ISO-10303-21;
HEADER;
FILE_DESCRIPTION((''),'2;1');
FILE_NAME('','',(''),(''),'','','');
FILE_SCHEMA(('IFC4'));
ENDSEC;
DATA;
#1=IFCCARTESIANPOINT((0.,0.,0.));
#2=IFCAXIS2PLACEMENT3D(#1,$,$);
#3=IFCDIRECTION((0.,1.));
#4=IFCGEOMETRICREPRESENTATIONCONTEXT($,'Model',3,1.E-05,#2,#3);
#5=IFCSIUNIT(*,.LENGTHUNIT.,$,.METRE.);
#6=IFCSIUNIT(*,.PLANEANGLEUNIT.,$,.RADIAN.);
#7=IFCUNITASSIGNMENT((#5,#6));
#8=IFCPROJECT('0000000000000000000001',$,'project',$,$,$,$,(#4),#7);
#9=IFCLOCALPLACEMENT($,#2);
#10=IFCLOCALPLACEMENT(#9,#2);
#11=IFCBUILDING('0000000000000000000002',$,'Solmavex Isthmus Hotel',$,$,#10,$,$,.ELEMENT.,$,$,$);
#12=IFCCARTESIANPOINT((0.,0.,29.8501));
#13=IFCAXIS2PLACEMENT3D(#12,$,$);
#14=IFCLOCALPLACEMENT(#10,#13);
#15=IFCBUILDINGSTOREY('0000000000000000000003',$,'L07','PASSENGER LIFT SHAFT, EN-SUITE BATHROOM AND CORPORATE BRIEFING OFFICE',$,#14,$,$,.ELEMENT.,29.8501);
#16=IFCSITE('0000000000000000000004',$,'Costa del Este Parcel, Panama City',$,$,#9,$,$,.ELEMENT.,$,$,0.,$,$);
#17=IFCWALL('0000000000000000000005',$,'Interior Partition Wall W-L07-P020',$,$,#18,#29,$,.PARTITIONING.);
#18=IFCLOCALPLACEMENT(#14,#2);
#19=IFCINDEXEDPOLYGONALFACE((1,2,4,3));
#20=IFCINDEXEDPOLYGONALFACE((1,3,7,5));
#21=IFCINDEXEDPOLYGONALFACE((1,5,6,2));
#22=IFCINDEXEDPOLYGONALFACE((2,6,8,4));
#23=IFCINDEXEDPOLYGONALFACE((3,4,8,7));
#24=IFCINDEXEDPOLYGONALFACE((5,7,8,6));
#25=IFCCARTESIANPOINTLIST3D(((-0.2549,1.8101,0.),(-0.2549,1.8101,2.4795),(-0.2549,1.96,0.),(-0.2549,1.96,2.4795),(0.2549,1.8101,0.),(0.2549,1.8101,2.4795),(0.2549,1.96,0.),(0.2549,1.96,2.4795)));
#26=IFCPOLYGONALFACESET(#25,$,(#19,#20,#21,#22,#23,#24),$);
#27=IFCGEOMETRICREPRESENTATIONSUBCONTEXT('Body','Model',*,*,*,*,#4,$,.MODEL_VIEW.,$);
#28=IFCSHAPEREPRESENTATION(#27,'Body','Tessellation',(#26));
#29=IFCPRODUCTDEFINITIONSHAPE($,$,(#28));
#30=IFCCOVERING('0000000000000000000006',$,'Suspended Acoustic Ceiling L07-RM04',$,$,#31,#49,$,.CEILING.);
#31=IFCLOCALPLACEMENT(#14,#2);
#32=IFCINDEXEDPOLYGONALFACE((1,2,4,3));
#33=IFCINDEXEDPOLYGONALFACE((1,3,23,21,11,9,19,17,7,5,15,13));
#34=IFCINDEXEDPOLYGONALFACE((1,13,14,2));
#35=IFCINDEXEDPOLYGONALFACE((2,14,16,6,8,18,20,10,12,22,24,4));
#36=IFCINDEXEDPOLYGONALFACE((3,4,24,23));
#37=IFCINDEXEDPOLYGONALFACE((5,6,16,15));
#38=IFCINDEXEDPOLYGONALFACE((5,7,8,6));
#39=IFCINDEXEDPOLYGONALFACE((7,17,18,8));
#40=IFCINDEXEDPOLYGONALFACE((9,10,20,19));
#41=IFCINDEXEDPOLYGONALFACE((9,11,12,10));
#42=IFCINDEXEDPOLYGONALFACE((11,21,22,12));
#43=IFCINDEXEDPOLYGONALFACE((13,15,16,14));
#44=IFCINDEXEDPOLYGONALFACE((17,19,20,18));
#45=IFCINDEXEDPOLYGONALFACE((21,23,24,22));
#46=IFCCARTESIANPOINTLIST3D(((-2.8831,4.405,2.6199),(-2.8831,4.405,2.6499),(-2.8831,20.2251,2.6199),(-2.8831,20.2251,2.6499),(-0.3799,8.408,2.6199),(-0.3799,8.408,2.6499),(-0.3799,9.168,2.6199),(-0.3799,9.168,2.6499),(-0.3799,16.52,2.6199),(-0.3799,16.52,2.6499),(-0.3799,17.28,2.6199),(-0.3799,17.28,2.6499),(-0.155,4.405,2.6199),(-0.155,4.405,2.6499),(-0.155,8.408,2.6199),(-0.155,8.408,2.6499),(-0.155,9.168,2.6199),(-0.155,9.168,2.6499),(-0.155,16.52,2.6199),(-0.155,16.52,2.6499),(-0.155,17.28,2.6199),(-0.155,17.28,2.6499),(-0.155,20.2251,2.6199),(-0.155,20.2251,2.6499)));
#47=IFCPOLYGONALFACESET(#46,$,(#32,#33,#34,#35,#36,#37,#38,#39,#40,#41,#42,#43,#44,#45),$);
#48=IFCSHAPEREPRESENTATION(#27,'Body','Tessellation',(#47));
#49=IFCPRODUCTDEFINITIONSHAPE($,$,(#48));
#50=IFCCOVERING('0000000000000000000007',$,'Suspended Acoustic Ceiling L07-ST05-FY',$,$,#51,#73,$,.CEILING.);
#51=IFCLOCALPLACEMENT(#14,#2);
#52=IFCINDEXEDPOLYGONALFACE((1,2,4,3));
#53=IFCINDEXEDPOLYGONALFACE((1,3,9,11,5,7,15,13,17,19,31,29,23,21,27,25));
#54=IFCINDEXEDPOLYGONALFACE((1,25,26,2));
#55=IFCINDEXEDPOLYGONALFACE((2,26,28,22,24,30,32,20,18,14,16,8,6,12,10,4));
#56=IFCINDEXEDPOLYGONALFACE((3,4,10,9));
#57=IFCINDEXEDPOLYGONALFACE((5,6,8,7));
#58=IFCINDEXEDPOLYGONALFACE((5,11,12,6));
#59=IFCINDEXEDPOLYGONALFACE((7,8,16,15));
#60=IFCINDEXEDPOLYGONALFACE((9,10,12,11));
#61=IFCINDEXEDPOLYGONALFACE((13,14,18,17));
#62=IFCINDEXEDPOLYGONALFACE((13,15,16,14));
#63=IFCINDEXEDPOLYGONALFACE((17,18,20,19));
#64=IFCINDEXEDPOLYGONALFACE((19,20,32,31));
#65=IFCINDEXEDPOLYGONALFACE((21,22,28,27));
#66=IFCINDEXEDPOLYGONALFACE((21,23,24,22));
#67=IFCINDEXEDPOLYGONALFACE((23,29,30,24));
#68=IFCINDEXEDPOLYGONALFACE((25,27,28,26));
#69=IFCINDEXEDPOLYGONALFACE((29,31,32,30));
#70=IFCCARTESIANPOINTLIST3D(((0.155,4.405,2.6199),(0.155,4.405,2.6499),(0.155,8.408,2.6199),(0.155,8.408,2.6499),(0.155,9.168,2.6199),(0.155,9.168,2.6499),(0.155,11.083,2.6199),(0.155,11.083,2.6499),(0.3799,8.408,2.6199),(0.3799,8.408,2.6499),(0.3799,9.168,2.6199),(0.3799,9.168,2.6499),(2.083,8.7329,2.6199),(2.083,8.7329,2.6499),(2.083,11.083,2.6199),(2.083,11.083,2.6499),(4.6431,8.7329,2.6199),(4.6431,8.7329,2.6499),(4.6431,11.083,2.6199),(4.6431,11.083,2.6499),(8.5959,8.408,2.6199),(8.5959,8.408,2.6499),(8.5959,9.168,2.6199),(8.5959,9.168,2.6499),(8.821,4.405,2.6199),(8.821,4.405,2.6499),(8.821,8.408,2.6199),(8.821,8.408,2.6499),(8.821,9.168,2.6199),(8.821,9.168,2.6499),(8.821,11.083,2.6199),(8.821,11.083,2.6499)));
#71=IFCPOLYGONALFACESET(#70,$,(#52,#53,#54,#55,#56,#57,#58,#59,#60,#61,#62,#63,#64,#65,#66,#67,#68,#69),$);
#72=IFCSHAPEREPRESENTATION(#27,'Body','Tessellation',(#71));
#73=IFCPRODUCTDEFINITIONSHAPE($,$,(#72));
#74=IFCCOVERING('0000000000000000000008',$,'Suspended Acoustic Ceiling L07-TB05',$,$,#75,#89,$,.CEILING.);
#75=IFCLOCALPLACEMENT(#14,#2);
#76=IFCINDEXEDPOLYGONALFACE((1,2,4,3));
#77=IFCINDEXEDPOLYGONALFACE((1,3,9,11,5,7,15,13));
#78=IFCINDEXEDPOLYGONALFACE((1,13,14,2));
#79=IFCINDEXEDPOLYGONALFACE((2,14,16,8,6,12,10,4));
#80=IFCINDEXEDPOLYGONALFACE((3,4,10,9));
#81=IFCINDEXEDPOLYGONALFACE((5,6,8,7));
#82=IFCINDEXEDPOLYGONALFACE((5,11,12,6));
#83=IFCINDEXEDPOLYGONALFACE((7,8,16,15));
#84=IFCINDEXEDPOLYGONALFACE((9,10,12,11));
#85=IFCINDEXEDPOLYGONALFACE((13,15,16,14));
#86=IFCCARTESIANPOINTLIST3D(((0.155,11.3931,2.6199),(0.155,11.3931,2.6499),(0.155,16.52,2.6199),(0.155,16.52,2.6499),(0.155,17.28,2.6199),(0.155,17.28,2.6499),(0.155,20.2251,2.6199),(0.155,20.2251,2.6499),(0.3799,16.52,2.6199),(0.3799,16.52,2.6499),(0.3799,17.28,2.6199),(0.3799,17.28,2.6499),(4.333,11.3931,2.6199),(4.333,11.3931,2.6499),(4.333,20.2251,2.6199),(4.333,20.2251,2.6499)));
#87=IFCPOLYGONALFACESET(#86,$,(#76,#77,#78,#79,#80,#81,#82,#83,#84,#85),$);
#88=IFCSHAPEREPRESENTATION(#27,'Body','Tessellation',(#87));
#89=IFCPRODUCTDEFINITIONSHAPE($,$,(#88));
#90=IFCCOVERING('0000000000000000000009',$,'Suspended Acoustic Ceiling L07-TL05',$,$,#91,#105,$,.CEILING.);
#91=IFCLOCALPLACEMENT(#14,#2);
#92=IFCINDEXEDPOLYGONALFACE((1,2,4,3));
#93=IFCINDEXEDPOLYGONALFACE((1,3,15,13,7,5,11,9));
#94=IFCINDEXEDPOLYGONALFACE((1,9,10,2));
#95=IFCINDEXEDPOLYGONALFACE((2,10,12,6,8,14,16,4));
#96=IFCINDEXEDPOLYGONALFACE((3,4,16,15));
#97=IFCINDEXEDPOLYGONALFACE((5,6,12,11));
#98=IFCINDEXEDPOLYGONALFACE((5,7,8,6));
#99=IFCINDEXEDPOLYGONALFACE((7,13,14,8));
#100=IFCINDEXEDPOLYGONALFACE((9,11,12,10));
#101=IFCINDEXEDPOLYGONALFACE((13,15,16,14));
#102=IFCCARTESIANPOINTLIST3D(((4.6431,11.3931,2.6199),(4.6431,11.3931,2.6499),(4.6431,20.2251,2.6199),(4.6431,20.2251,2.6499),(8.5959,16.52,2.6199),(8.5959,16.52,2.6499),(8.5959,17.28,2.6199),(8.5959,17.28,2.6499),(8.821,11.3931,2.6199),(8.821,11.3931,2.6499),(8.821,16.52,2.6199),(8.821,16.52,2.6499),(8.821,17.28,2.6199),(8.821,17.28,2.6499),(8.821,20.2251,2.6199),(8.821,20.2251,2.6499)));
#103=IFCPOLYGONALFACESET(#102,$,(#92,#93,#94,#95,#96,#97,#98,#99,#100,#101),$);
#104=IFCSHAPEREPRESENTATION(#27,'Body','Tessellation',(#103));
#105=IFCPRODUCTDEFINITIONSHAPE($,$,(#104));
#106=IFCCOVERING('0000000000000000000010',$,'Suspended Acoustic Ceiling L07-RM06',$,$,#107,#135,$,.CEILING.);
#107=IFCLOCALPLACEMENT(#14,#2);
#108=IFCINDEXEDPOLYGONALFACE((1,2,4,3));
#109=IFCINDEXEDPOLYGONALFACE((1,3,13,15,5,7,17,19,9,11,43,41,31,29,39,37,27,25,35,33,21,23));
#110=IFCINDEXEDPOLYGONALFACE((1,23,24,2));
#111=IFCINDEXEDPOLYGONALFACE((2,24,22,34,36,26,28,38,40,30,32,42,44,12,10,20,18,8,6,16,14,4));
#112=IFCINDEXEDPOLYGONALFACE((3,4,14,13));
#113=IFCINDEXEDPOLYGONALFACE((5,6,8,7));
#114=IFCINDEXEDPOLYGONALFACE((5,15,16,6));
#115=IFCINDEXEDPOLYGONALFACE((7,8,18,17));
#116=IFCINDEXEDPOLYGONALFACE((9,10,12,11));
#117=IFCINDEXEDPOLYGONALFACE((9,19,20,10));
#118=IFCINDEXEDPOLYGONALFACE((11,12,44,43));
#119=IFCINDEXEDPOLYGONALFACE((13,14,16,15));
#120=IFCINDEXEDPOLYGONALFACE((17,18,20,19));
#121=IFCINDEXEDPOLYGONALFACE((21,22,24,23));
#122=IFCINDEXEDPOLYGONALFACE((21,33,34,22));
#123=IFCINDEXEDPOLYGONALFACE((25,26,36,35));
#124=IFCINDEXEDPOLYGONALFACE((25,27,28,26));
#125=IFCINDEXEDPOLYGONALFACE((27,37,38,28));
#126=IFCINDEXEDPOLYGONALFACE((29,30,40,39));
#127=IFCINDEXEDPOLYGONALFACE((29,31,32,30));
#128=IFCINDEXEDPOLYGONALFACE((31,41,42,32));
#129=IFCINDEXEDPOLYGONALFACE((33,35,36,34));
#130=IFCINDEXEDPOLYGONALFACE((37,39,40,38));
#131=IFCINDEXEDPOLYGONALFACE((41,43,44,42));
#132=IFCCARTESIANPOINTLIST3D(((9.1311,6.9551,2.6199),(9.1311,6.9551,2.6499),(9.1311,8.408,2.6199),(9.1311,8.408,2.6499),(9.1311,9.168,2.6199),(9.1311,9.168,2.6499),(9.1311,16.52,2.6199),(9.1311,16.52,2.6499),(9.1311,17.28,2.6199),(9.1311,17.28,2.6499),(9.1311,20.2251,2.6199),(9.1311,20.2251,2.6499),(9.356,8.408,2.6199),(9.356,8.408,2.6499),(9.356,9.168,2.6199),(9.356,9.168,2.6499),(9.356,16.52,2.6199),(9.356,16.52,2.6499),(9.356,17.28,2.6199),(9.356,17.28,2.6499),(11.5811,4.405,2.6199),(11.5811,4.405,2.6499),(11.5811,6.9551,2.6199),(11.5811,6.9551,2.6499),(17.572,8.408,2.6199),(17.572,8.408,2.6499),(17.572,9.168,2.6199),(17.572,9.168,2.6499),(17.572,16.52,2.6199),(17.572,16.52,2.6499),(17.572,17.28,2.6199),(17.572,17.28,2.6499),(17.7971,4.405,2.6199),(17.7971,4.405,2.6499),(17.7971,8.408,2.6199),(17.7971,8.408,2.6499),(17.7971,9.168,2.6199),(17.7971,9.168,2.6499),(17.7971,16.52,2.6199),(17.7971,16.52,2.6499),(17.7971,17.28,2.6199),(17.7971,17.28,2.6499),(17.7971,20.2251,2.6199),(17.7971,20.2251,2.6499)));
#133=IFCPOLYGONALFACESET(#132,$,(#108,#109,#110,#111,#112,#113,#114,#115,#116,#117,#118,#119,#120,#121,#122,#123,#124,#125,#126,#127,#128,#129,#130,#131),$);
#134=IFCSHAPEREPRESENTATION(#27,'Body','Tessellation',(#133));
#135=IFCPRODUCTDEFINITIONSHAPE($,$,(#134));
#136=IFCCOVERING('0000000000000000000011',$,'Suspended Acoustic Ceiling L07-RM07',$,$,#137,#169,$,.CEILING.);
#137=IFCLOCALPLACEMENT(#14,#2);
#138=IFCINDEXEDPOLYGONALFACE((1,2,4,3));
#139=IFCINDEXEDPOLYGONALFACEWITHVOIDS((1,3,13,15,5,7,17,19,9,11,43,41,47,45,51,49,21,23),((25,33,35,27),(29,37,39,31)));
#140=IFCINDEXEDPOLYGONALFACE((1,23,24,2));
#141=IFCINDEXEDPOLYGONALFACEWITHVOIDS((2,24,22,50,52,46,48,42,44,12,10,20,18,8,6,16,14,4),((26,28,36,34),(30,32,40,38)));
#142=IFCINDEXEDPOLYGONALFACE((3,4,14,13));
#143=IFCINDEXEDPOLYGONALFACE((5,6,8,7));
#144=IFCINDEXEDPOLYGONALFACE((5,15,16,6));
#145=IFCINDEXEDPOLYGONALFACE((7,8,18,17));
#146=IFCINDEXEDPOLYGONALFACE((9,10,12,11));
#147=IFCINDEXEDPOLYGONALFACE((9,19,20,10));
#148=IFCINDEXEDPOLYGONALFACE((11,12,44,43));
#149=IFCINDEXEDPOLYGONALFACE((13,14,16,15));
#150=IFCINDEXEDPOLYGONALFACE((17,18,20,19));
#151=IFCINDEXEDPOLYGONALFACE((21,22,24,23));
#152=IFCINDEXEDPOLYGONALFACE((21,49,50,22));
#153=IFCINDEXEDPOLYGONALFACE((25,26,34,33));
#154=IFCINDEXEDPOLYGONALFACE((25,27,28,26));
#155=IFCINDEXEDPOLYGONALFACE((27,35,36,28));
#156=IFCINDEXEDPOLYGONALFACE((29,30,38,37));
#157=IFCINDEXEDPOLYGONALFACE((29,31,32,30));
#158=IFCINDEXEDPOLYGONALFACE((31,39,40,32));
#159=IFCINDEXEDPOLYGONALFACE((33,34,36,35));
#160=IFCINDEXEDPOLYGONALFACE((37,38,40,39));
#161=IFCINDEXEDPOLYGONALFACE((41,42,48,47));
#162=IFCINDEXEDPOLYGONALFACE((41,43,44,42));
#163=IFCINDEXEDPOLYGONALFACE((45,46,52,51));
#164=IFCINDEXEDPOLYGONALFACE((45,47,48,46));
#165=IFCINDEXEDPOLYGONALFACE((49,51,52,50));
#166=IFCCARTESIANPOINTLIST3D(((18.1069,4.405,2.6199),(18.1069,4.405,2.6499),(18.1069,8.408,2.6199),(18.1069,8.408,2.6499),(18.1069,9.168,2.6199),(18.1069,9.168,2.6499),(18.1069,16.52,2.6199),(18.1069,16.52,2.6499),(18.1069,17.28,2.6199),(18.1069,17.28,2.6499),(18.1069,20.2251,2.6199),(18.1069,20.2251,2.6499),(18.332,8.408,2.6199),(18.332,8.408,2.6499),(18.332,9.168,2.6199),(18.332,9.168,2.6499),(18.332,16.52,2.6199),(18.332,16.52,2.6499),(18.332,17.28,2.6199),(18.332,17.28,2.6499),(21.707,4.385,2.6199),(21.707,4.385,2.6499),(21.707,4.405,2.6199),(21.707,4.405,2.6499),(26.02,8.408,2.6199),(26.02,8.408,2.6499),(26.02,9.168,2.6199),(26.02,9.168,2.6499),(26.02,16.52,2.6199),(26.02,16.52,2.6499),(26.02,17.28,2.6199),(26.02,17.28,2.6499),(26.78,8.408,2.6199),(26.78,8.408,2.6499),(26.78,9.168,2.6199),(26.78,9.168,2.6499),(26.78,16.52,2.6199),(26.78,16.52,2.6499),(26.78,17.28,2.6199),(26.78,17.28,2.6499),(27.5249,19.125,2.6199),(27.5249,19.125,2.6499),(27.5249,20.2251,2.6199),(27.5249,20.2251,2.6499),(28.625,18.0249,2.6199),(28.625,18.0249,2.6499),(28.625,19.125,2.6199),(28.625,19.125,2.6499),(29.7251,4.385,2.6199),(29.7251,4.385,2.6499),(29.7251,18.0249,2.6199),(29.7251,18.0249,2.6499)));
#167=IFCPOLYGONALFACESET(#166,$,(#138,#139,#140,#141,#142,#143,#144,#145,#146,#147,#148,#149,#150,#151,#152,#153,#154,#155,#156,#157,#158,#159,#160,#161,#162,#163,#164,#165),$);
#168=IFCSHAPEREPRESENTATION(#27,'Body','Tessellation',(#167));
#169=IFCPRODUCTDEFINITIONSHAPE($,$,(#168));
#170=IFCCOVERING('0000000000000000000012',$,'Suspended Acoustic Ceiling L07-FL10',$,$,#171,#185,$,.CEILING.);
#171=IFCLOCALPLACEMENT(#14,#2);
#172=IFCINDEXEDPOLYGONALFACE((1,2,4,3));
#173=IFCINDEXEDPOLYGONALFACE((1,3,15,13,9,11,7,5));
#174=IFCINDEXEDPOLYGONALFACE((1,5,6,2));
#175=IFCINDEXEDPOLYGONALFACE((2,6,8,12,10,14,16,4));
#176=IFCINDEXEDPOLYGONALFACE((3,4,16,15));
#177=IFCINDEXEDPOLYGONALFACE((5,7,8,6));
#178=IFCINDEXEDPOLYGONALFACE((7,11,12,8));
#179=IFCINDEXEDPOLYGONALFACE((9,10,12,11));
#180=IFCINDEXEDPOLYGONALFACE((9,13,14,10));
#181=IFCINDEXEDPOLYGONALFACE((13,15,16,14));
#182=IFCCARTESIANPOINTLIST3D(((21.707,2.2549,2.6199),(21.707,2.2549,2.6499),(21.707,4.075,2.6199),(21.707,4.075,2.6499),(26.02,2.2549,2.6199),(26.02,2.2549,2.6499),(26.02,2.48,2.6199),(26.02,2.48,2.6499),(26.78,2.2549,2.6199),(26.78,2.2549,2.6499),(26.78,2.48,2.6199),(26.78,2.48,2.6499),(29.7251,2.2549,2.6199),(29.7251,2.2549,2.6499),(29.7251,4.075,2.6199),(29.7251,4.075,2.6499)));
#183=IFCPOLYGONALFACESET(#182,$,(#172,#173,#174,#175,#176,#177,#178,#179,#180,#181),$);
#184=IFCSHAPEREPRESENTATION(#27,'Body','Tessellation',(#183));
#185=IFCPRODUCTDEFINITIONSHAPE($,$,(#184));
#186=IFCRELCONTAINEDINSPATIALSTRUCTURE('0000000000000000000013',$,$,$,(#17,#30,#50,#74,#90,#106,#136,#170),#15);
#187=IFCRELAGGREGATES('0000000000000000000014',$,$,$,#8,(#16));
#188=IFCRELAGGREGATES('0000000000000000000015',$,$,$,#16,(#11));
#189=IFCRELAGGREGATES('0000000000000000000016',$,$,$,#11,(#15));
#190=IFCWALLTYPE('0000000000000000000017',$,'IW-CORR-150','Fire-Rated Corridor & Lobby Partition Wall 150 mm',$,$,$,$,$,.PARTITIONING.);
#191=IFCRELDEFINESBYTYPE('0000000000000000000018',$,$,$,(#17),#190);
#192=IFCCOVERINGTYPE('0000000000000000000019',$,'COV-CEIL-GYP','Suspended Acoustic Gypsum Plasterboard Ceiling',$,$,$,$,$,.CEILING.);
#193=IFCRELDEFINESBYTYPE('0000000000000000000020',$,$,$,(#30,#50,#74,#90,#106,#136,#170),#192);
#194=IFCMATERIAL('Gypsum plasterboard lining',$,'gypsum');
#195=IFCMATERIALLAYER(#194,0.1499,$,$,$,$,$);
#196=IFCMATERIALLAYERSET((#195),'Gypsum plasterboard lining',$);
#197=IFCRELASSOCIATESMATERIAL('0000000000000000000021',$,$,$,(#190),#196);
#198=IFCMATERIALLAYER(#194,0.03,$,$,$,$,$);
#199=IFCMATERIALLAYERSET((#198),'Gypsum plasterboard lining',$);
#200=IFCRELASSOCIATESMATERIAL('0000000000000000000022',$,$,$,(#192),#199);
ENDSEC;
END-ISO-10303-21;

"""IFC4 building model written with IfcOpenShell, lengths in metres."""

from ifc_helpers import new_model, si_unit, direction, frame, frame_2d, origin, place, context, subcontext, project, spatial, polyline, rectangle, outline, extrude, material, layer, layer_set, type_object, element, save


model = new_model("IFC4")

# Units and contexts
model_context = context("Model", 3, precision=1e-05, world=origin(), true_north=direction((0.0, 1.0)))
body_context = subcontext(model_context, "Body", "Model", "MODEL_VIEW")
ifc_project = project(units=[si_unit("LENGTHUNIT", "METRE"), si_unit("PLANEANGLEUNIT", "RADIAN")], contexts=[model_context])

# Site, building, storey
site_placement = place(None, origin())
site = spatial("IfcSite", under=ifc_project, at=site_placement, Name="Costa del Este Parcel, Panama City", CompositionType="ELEMENT", RefElevation=0.0)
building_placement = place(site_placement, origin())
building = spatial("IfcBuilding", under=site, at=building_placement, Name="Solmavex Isthmus Hotel", CompositionType="ELEMENT")
storey_placement = place(building_placement, frame((0.0, 0.0, 29.8501)))
storey = spatial("IfcBuildingStorey", under=building, at=storey_placement, Name="L07", Description="PASSENGER LIFT SHAFT, EN-SUITE BATHROOM AND CORPORATE BRIEFING OFFICE", CompositionType="ELEMENT", Elevation=29.8501)

# Wall
ifc_material_1 = material(Name="Gypsum plasterboard lining", Category="gypsum")
ifc_layer_1 = layer(ifc_material_1, 0.1499)
ifc_layer_set_1 = layer_set([ifc_layer_1], Name="Gypsum plasterboard lining")
wall_type = type_object("IfcWallType", Name="IW-CORR-150", Description="Fire-Rated Corridor & Lobby Partition Wall 150 mm", PredefinedType="PARTITIONING", material=ifc_layer_set_1)
wall_placement = place(storey_placement, frame((0.2549, 1.885, 0.0), z_axis=(0.0, 0.0, 1.0), x_axis=(-1.0, 0.0, 0.0)))
element("IfcWall", 1, at=wall_placement, inside=storey, type_object=wall_type, Name="Interior Partition Wall W-L07-P020", PredefinedType="PARTITIONING", context=body_context, shape_type="SweptSolid", body=[
    extrude(rectangle(XDim=0.5098, YDim=0.1499, at=frame_2d((0.2549, 0.0))), origin(), (0.0, 0.0, 1.0), 2.4795),
])

# Coverings
ifc_layer_2 = layer(ifc_material_1, 0.03)
ifc_layer_set_2 = layer_set([ifc_layer_2], Name="Gypsum plasterboard lining")
covering_type_1 = type_object("IfcCoveringType", Name="COV-CEIL-GYP", Description="Suspended Acoustic Gypsum Plasterboard Ceiling", PredefinedType="CEILING", material=ifc_layer_set_2)
covering_1_placement = place(storey_placement, frame((0.0, 0.0, 2.6199)))
element("IfcCovering", 2, at=covering_1_placement, inside=storey, type_object=covering_type_1, Name="Suspended Acoustic Ceiling L07-RM04", PredefinedType="CEILING", context=body_context, shape_type="SweptSolid", body=[
    extrude(outline(polyline([(-0.155, 16.52), (-0.3799, 16.52), (-0.3799, 17.28), (-0.155, 17.28), (-0.155, 20.2251), (-2.8831, 20.2251), (-2.8831, 4.405), (-0.155, 4.405), (-0.155, 8.408), (-0.3799, 8.408), (-0.3799, 9.168), (-0.155, 9.168), (-0.155, 16.52)])), origin(), (0.0, 0.0, 1.0), 0.03),
])
covering_2_placement = place(storey_placement, frame((0.0, 0.0, 2.6199)))
element("IfcCovering", 3, at=covering_2_placement, inside=storey, type_object=covering_type_1, Name="Suspended Acoustic Ceiling L07-ST05-FY", PredefinedType="CEILING", context=body_context, shape_type="SweptSolid", body=[
    extrude(outline(polyline([(8.821, 8.408), (8.5959, 8.408), (8.5959, 9.168), (8.821, 9.168), (8.821, 11.083), (4.6431, 11.083), (4.6431, 8.7329), (2.083, 8.7329), (2.083, 11.083), (0.155, 11.083), (0.155, 9.168), (0.3799, 9.168), (0.3799, 8.408), (0.155, 8.408), (0.155, 4.405), (8.821, 4.405), (8.821, 8.408)])), origin(), (0.0, 0.0, 1.0), 0.03),
])
covering_3_placement = place(storey_placement, frame((0.0, 0.0, 2.6199)))
element("IfcCovering", 4, at=covering_3_placement, inside=storey, type_object=covering_type_1, Name="Suspended Acoustic Ceiling L07-TB05", PredefinedType="CEILING", context=body_context, shape_type="SweptSolid", body=[
    extrude(outline(polyline([(0.155, 17.28), (0.3799, 17.28), (0.3799, 16.52), (0.155, 16.52), (0.155, 11.3931), (4.333, 11.3931), (4.333, 20.2251), (0.155, 20.2251), (0.155, 17.28)])), origin(), (0.0, 0.0, 1.0), 0.03),
])
covering_4_placement = place(storey_placement, frame((0.0, 0.0, 2.6199)))
element("IfcCovering", 5, at=covering_4_placement, inside=storey, type_object=covering_type_1, Name="Suspended Acoustic Ceiling L07-TL05", PredefinedType="CEILING", context=body_context, shape_type="SweptSolid", body=[
    extrude(outline(polyline([(8.821, 16.52), (8.5959, 16.52), (8.5959, 17.28), (8.821, 17.28), (8.821, 20.2251), (4.6431, 20.2251), (4.6431, 11.3931), (8.821, 11.3931), (8.821, 16.52)])), origin(), (0.0, 0.0, 1.0), 0.03),
])
covering_5_placement = place(storey_placement, frame((0.0, 0.0, 2.6199)))
element("IfcCovering", 6, at=covering_5_placement, inside=storey, type_object=covering_type_1, Name="Suspended Acoustic Ceiling L07-RM06", PredefinedType="CEILING", context=body_context, shape_type="SweptSolid", body=[
    extrude(outline(polyline([(9.1311, 9.168), (9.356, 9.168), (9.356, 8.408), (9.1311, 8.408), (9.1311, 6.9551), (11.5811, 6.9551), (11.5811, 4.405), (17.7971, 4.405), (17.7971, 8.408), (17.572, 8.408), (17.572, 9.168), (17.7971, 9.168), (17.7971, 16.52), (17.572, 16.52), (17.572, 17.28), (17.7971, 17.28), (17.7971, 20.2251), (9.1311, 20.2251), (9.1311, 17.28), (9.356, 17.28), (9.356, 16.52), (9.1311, 16.52), (9.1311, 9.168)])), origin(), (0.0, 0.0, 1.0), 0.03),
])
covering_6_placement = place(storey_placement, frame((0.0, 0.0, 2.6199)))
element("IfcCovering", 7, at=covering_6_placement, inside=storey, type_object=covering_type_1, Name="Suspended Acoustic Ceiling L07-RM07", PredefinedType="CEILING", context=body_context, shape_type="SweptSolid", body=[
    extrude(outline(polyline([(18.1069, 9.168), (18.332, 9.168), (18.332, 8.408), (18.1069, 8.408), (18.1069, 4.405), (21.707, 4.405), (21.707, 4.385), (29.7251, 4.385), (29.7251, 18.0249), (28.625, 18.0249), (28.625, 19.125), (27.5249, 19.125), (27.5249, 20.2251), (18.1069, 20.2251), (18.1069, 17.28), (18.332, 17.28), (18.332, 16.52), (18.1069, 16.52), (18.1069, 9.168)]), holes=[polyline([(26.02, 8.408), (26.02, 9.168), (26.78, 9.168), (26.78, 8.408), (26.02, 8.408)]), polyline([(26.02, 16.52), (26.02, 17.28), (26.78, 17.28), (26.78, 16.52), (26.02, 16.52)])]), origin(), (0.0, 0.0, 1.0), 0.03),
])
covering_7_placement = place(storey_placement, frame((0.0, 0.0, 2.6199)))
element("IfcCovering", 8, at=covering_7_placement, inside=storey, type_object=covering_type_1, Name="Suspended Acoustic Ceiling L07-FL10", PredefinedType="CEILING", context=body_context, shape_type="SweptSolid", body=[
    extrude(outline(polyline([(26.02, 2.2549), (26.02, 2.48), (26.78, 2.48), (26.78, 2.2549), (29.7251, 2.2549), (29.7251, 4.075), (21.707, 4.075), (21.707, 2.2549), (26.02, 2.2549)])), origin(), (0.0, 0.0, 1.0), 0.03),
])

save(model, "model.ifc")
